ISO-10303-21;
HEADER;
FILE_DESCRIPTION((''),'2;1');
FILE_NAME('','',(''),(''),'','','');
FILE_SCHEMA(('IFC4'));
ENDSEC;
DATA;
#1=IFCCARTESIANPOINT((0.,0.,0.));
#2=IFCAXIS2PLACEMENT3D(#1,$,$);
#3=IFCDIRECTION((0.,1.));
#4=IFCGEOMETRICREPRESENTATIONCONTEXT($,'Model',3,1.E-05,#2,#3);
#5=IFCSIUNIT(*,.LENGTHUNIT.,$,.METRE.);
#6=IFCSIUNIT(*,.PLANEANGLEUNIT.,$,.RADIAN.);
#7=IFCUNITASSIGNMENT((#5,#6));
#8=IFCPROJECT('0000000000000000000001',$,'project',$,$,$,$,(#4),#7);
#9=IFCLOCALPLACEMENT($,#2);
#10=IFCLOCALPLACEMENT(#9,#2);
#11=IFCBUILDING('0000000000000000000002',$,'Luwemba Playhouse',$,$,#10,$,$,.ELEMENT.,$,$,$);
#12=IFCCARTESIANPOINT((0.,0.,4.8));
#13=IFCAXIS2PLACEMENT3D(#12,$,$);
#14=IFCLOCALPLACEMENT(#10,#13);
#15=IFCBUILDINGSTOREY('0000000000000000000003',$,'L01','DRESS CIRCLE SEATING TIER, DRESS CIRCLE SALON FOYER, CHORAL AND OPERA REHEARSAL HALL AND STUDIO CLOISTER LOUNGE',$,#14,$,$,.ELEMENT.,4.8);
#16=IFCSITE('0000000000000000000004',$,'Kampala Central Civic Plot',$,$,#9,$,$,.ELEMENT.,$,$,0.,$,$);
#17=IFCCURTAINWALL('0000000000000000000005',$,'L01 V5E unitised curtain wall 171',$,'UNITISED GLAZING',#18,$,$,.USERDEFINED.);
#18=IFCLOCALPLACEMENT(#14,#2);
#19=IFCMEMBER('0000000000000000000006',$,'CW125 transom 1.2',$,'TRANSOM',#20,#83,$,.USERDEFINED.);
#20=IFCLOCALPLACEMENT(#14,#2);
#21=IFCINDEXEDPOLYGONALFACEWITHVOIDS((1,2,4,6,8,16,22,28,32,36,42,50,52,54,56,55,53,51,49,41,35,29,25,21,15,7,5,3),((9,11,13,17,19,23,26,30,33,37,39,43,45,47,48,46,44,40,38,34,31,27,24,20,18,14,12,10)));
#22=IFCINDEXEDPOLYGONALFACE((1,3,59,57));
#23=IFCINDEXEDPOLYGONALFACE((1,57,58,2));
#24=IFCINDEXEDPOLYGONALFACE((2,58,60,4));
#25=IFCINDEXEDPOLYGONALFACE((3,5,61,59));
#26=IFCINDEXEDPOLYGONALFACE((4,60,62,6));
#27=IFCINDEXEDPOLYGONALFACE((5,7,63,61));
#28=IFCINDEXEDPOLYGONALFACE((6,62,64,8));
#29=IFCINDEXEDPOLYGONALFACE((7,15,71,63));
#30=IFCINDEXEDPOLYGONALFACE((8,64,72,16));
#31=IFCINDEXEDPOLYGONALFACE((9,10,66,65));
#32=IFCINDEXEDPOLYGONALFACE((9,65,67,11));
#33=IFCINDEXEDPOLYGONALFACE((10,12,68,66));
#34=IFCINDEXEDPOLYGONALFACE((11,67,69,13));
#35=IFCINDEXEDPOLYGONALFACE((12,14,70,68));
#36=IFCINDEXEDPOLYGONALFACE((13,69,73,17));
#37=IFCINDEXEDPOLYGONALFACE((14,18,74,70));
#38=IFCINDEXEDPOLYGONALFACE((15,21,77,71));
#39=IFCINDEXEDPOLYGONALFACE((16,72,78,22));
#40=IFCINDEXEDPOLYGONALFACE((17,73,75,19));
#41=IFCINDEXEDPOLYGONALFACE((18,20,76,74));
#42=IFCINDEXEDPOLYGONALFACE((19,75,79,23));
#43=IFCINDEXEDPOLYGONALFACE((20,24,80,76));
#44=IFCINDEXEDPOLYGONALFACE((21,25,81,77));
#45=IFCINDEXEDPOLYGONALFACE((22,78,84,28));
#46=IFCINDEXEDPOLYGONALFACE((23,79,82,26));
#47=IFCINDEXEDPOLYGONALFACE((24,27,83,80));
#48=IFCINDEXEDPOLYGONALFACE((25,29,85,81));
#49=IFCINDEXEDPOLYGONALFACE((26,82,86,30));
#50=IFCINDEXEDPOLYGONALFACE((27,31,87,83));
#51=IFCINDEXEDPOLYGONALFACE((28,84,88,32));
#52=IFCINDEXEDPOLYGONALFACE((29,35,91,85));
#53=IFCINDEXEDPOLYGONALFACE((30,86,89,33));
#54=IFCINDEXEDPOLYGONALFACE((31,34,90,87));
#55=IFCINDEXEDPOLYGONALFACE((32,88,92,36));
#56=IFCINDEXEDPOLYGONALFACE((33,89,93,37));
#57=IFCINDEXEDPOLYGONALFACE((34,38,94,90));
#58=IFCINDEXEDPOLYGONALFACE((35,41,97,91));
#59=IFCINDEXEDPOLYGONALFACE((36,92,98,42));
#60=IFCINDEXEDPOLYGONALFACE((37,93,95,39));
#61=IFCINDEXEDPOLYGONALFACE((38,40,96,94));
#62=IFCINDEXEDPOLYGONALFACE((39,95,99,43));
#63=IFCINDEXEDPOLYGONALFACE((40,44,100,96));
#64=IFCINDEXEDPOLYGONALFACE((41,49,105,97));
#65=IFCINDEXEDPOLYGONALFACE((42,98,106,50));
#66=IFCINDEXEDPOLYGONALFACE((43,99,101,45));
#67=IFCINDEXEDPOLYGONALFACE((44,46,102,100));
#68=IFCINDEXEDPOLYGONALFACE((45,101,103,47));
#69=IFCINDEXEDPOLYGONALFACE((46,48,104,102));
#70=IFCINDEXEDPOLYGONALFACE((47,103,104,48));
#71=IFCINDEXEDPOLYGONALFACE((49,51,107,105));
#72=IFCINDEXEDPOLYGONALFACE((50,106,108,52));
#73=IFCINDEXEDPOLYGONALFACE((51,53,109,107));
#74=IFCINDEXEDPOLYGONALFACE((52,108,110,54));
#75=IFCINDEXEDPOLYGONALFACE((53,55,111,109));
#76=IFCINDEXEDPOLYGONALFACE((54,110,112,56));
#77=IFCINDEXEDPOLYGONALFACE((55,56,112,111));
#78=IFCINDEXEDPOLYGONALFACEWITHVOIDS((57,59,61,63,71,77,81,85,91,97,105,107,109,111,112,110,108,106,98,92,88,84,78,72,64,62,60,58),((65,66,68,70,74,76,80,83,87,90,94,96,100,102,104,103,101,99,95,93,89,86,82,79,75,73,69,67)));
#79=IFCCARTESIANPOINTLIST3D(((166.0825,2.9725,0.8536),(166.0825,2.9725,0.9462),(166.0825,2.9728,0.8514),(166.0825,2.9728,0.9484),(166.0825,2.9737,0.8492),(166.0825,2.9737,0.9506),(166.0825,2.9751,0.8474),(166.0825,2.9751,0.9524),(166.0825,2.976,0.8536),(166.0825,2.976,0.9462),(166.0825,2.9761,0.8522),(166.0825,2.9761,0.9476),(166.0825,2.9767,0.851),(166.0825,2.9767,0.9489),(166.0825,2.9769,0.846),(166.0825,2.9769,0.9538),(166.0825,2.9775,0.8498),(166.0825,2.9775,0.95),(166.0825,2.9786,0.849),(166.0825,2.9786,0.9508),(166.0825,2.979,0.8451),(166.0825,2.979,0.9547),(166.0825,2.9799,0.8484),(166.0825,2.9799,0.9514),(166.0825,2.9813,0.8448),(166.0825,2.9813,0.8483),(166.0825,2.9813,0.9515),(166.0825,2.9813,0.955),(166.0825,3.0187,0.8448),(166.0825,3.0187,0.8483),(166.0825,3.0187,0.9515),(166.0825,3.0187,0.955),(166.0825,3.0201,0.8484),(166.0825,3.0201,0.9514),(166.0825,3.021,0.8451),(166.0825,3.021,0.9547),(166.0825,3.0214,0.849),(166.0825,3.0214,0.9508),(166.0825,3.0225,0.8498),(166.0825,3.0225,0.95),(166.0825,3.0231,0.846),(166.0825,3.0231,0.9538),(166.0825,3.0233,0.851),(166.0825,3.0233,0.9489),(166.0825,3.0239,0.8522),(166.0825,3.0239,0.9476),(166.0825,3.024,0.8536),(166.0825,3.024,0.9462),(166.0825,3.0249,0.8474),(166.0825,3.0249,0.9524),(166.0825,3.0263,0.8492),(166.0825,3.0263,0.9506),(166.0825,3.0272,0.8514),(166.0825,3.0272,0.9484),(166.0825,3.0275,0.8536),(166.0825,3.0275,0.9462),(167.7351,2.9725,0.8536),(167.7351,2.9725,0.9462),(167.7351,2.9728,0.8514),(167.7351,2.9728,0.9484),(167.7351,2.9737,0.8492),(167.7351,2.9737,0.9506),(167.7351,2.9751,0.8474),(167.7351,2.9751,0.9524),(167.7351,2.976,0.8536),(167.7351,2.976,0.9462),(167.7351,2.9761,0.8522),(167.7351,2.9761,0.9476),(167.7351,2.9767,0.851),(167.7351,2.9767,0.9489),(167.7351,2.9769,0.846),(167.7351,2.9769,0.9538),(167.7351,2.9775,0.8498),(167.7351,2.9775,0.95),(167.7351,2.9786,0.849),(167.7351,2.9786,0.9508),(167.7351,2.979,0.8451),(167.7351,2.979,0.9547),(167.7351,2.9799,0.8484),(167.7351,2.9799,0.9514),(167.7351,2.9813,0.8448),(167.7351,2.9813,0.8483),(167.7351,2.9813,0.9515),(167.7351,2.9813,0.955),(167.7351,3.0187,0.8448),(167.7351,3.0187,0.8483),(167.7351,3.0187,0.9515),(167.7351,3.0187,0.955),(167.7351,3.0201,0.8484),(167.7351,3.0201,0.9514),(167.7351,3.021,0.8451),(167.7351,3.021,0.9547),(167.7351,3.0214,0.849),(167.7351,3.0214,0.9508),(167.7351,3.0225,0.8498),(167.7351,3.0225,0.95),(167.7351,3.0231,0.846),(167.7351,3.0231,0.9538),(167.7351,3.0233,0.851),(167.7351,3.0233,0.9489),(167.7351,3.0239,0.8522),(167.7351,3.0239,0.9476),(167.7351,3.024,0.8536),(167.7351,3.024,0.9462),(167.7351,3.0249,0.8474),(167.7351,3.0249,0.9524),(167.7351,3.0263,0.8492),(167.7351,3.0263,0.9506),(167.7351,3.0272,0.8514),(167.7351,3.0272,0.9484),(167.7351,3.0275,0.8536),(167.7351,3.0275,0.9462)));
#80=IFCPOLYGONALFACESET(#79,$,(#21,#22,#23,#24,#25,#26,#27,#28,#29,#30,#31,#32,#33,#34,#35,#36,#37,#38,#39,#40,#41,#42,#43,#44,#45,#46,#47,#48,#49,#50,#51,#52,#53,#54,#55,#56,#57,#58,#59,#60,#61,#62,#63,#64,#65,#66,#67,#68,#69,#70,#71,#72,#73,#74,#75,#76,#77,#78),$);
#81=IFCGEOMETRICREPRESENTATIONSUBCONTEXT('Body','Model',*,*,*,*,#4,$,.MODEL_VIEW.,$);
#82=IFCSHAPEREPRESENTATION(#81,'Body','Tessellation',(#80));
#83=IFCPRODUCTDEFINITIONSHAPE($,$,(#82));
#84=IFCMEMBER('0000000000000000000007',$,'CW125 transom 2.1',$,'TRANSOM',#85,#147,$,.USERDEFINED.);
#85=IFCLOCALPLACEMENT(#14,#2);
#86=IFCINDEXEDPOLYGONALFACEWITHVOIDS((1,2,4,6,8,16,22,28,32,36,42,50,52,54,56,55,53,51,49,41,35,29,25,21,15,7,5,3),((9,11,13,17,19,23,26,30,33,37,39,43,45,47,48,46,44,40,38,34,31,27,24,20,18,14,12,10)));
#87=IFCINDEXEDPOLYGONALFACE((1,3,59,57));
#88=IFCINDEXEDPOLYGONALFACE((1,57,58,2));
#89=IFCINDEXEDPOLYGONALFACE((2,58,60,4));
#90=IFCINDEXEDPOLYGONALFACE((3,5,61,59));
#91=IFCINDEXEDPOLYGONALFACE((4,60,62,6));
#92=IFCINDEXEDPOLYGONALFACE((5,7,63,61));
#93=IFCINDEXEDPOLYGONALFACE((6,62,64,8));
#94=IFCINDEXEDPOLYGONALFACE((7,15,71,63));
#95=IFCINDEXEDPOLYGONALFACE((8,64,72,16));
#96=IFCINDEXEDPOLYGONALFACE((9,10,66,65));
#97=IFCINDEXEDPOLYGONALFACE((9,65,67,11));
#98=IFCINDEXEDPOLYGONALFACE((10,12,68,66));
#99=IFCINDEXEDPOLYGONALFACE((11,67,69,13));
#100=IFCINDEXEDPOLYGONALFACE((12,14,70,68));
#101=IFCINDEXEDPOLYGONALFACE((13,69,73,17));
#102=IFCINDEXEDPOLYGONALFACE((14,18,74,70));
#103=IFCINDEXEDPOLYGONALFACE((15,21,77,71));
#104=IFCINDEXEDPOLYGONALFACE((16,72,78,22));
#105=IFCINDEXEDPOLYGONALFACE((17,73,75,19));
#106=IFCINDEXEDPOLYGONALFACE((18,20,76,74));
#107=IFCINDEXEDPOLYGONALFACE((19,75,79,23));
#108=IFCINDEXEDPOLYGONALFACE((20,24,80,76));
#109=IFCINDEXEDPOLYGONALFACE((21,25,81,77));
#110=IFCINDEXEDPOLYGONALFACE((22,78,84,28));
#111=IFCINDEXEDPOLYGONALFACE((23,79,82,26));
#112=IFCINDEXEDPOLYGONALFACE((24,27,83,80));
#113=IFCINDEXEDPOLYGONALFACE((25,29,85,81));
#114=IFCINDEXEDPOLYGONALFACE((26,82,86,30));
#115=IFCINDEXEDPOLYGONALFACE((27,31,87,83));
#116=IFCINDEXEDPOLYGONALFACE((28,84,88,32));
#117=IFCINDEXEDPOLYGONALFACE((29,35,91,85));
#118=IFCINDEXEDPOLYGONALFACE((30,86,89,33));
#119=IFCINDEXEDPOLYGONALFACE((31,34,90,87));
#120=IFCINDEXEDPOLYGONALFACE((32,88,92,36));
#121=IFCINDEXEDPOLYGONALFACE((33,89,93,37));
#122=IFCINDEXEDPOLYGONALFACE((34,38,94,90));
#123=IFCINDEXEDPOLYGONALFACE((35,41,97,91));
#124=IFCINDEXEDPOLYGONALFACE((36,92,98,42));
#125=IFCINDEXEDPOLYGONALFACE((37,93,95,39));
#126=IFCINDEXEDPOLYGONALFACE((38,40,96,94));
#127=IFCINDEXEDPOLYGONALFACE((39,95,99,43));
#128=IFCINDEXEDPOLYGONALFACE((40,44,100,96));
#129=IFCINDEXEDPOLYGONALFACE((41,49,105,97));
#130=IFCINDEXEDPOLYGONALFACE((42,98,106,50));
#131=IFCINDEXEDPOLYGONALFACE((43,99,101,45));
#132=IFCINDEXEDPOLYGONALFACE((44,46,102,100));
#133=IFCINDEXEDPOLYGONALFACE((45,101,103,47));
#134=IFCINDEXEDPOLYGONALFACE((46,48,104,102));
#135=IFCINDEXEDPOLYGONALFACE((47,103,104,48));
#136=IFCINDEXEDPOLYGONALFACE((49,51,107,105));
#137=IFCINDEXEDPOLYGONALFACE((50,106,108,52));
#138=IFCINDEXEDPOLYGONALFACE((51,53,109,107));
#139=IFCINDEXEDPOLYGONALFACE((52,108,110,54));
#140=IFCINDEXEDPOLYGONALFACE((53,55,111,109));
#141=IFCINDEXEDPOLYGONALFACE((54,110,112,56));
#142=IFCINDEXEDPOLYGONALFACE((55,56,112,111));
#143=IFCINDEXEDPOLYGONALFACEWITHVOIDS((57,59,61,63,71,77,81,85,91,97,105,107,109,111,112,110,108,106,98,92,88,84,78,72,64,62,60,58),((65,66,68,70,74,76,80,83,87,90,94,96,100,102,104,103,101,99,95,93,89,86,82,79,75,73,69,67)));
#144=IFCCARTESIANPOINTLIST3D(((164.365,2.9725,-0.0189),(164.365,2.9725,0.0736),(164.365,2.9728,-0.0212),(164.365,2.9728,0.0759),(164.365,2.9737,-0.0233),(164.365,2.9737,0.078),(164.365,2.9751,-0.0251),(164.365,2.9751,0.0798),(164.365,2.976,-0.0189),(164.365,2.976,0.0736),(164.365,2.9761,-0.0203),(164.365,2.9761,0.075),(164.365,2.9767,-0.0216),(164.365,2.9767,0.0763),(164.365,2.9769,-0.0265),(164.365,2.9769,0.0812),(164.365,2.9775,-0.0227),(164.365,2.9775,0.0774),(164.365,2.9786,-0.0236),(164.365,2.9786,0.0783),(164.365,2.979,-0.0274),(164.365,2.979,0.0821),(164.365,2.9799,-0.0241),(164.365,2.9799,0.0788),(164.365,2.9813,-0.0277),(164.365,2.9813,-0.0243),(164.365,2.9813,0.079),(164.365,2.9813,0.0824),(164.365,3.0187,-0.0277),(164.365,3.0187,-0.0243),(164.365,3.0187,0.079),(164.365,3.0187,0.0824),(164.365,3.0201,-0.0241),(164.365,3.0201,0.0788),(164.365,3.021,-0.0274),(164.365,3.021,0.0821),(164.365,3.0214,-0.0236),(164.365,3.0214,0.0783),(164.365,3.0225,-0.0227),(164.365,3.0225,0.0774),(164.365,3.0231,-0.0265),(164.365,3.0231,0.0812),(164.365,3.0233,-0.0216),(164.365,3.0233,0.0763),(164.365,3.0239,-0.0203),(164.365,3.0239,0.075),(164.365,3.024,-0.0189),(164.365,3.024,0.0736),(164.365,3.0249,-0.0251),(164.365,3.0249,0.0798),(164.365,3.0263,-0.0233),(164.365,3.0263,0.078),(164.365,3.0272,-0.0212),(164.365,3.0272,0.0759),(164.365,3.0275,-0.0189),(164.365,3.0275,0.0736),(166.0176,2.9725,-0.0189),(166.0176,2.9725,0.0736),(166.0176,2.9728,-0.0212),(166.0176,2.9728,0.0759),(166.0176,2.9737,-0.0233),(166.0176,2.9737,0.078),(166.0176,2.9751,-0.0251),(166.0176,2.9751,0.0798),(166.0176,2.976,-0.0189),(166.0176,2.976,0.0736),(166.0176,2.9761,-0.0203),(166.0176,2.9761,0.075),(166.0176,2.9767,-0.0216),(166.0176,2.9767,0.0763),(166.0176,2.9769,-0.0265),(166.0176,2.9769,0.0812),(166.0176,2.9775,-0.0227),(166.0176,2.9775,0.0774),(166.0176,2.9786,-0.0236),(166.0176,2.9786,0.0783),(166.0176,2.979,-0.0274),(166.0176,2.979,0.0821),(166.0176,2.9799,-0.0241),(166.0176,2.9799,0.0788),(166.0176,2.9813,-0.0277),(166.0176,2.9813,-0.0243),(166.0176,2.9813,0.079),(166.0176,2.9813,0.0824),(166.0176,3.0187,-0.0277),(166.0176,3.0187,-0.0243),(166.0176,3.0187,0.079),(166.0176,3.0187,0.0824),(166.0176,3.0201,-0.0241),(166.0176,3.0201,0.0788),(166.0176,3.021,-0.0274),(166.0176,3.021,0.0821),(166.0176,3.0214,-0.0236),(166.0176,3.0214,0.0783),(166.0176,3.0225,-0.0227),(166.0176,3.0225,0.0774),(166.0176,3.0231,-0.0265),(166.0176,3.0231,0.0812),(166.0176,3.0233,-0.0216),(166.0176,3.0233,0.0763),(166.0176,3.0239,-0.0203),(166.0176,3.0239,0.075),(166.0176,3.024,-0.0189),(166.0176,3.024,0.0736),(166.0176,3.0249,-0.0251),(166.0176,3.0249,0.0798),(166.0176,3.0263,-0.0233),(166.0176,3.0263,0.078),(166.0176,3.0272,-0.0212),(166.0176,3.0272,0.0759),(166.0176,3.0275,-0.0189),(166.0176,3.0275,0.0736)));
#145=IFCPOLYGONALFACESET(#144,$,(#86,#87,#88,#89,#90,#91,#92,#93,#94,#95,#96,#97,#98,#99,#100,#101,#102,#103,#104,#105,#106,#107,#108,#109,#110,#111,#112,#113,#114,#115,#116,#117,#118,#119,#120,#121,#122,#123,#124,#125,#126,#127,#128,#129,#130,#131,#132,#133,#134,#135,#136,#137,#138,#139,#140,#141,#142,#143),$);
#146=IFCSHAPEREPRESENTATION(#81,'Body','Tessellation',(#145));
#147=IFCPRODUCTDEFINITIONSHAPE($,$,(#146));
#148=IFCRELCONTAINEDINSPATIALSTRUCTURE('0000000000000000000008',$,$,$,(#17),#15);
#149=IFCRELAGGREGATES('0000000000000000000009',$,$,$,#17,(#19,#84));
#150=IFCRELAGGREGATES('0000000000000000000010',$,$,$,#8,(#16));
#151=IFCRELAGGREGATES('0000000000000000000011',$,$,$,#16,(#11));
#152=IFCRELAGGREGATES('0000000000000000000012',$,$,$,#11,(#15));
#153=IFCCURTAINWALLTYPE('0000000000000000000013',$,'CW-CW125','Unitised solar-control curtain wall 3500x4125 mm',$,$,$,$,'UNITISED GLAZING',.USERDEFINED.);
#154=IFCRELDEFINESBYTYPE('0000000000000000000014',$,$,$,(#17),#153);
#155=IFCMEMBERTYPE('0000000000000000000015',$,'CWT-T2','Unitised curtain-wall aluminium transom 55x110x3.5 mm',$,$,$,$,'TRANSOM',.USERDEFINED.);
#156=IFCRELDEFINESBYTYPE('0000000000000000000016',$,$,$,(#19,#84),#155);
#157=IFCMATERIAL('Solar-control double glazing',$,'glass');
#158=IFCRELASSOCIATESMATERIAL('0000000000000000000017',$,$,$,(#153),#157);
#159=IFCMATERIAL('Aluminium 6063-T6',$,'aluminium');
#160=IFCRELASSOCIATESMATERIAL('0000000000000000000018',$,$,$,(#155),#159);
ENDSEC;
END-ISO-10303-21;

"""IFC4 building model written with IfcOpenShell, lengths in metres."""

from ifc_helpers import new_model, si_unit, direction, frame, origin, origin_2d, place, context, subcontext, project, spatial, hollow_rectangle, extrude, material, material_profile, profile_set, type_object, element, aggregate, save


model = new_model("IFC4")

# Units and contexts
model_context = context("Model", 3, precision=1e-05, world=origin(), true_north=direction((0.0, 1.0)))
body_context = subcontext(model_context, "Body", "Model", "MODEL_VIEW")
ifc_project = project(units=[si_unit("LENGTHUNIT", "METRE"), si_unit("PLANEANGLEUNIT", "RADIAN")], contexts=[model_context])

# Site, building, storey
site_placement = place(None, origin())
site = spatial("IfcSite", under=ifc_project, at=site_placement, Name="Kampala Central Civic Plot", CompositionType="ELEMENT", RefElevation=0.0)
building_placement = place(site_placement, origin())
building = spatial("IfcBuilding", under=site, at=building_placement, Name="Luwemba Playhouse", CompositionType="ELEMENT")
storey_placement = place(building_placement, frame((0.0, 0.0, 4.8)))
storey = spatial("IfcBuildingStorey", under=building, at=storey_placement, Name="L01", Description="DRESS CIRCLE SEATING TIER, DRESS CIRCLE SALON FOYER, CHORAL AND OPERA REHEARSAL HALL AND STUDIO CLOISTER LOUNGE", CompositionType="ELEMENT", Elevation=4.8)

# Shared definitions
ifc_material_1 = material(Name="Solar-control double glazing", Category="glass")
ifc_material_2 = material(Name="Aluminium 6063-T6", Category="aluminium")

# Curtain wall
curtain_wall_type_1 = type_object("IfcCurtainWallType", Name="CW-CW125", Description="Unitised solar-control curtain wall 3500x4125 mm", ElementType="UNITISED GLAZING", PredefinedType="USERDEFINED", material=ifc_material_1)
curtain_wall_1_placement = place(storey_placement, origin())
curtain_wall_1 = element("IfcCurtainWall", 1, at=curtain_wall_1_placement, inside=storey, type_object=curtain_wall_type_1, Name="L01 V5E unitised curtain wall 171", ObjectType="UNITISED GLAZING", PredefinedType="USERDEFINED")

# Members
ifc_material_profile_1 = material_profile(ifc_material_2, hollow_rectangle(XDim=0.0549, YDim=0.1101, WallThickness=0.0034, InnerFilletRadius=0.0054, OuterFilletRadius=0.0088, at=origin_2d()))
ifc_profile_set_1 = profile_set([ifc_material_profile_1], Name="Aluminium 6063-T6")
member_type_1 = type_object("IfcMemberType", Name="CWT-T2", Description="Unitised curtain-wall aluminium transom 55x110x3.5 mm", ElementType="TRANSOM", PredefinedType="USERDEFINED", material=ifc_profile_set_1)
member_1_placement = place(storey_placement, frame((167.7351, 3.0, 0.8999), z_axis=(-1.0, 0.0, 0.0), x_axis=(0.0, -1.0, 0.0)))
member_1 = element("IfcMember", 2, at=member_1_placement, type_object=member_type_1, Name="CW125 transom 1.2", ObjectType="TRANSOM", PredefinedType="USERDEFINED", context=body_context, shape_type="SweptSolid", body=[
    extrude(hollow_rectangle(XDim=0.0549, YDim=0.1101, WallThickness=0.0034, InnerFilletRadius=0.0054, OuterFilletRadius=0.0088, at=origin_2d()), origin(), (0.0, 0.0, 1.0), 1.6526),
])
member_2_placement = place(storey_placement, frame((166.0176, 3.0, 0.0273), z_axis=(-1.0, 0.0, 0.0), x_axis=(0.0, -1.0, 0.0)))
member_2 = element("IfcMember", 3, at=member_2_placement, type_object=member_type_1, Name="CW125 transom 2.1", ObjectType="TRANSOM", PredefinedType="USERDEFINED", context=body_context, shape_type="SweptSolid", body=[
    extrude(hollow_rectangle(XDim=0.0549, YDim=0.1101, WallThickness=0.0034, InnerFilletRadius=0.0054, OuterFilletRadius=0.0088, at=origin_2d()), origin(), (0.0, 0.0, 1.0), 1.6526),
])

aggregate(curtain_wall_1, [member_1, member_2])

save(model, "model.ifc")
